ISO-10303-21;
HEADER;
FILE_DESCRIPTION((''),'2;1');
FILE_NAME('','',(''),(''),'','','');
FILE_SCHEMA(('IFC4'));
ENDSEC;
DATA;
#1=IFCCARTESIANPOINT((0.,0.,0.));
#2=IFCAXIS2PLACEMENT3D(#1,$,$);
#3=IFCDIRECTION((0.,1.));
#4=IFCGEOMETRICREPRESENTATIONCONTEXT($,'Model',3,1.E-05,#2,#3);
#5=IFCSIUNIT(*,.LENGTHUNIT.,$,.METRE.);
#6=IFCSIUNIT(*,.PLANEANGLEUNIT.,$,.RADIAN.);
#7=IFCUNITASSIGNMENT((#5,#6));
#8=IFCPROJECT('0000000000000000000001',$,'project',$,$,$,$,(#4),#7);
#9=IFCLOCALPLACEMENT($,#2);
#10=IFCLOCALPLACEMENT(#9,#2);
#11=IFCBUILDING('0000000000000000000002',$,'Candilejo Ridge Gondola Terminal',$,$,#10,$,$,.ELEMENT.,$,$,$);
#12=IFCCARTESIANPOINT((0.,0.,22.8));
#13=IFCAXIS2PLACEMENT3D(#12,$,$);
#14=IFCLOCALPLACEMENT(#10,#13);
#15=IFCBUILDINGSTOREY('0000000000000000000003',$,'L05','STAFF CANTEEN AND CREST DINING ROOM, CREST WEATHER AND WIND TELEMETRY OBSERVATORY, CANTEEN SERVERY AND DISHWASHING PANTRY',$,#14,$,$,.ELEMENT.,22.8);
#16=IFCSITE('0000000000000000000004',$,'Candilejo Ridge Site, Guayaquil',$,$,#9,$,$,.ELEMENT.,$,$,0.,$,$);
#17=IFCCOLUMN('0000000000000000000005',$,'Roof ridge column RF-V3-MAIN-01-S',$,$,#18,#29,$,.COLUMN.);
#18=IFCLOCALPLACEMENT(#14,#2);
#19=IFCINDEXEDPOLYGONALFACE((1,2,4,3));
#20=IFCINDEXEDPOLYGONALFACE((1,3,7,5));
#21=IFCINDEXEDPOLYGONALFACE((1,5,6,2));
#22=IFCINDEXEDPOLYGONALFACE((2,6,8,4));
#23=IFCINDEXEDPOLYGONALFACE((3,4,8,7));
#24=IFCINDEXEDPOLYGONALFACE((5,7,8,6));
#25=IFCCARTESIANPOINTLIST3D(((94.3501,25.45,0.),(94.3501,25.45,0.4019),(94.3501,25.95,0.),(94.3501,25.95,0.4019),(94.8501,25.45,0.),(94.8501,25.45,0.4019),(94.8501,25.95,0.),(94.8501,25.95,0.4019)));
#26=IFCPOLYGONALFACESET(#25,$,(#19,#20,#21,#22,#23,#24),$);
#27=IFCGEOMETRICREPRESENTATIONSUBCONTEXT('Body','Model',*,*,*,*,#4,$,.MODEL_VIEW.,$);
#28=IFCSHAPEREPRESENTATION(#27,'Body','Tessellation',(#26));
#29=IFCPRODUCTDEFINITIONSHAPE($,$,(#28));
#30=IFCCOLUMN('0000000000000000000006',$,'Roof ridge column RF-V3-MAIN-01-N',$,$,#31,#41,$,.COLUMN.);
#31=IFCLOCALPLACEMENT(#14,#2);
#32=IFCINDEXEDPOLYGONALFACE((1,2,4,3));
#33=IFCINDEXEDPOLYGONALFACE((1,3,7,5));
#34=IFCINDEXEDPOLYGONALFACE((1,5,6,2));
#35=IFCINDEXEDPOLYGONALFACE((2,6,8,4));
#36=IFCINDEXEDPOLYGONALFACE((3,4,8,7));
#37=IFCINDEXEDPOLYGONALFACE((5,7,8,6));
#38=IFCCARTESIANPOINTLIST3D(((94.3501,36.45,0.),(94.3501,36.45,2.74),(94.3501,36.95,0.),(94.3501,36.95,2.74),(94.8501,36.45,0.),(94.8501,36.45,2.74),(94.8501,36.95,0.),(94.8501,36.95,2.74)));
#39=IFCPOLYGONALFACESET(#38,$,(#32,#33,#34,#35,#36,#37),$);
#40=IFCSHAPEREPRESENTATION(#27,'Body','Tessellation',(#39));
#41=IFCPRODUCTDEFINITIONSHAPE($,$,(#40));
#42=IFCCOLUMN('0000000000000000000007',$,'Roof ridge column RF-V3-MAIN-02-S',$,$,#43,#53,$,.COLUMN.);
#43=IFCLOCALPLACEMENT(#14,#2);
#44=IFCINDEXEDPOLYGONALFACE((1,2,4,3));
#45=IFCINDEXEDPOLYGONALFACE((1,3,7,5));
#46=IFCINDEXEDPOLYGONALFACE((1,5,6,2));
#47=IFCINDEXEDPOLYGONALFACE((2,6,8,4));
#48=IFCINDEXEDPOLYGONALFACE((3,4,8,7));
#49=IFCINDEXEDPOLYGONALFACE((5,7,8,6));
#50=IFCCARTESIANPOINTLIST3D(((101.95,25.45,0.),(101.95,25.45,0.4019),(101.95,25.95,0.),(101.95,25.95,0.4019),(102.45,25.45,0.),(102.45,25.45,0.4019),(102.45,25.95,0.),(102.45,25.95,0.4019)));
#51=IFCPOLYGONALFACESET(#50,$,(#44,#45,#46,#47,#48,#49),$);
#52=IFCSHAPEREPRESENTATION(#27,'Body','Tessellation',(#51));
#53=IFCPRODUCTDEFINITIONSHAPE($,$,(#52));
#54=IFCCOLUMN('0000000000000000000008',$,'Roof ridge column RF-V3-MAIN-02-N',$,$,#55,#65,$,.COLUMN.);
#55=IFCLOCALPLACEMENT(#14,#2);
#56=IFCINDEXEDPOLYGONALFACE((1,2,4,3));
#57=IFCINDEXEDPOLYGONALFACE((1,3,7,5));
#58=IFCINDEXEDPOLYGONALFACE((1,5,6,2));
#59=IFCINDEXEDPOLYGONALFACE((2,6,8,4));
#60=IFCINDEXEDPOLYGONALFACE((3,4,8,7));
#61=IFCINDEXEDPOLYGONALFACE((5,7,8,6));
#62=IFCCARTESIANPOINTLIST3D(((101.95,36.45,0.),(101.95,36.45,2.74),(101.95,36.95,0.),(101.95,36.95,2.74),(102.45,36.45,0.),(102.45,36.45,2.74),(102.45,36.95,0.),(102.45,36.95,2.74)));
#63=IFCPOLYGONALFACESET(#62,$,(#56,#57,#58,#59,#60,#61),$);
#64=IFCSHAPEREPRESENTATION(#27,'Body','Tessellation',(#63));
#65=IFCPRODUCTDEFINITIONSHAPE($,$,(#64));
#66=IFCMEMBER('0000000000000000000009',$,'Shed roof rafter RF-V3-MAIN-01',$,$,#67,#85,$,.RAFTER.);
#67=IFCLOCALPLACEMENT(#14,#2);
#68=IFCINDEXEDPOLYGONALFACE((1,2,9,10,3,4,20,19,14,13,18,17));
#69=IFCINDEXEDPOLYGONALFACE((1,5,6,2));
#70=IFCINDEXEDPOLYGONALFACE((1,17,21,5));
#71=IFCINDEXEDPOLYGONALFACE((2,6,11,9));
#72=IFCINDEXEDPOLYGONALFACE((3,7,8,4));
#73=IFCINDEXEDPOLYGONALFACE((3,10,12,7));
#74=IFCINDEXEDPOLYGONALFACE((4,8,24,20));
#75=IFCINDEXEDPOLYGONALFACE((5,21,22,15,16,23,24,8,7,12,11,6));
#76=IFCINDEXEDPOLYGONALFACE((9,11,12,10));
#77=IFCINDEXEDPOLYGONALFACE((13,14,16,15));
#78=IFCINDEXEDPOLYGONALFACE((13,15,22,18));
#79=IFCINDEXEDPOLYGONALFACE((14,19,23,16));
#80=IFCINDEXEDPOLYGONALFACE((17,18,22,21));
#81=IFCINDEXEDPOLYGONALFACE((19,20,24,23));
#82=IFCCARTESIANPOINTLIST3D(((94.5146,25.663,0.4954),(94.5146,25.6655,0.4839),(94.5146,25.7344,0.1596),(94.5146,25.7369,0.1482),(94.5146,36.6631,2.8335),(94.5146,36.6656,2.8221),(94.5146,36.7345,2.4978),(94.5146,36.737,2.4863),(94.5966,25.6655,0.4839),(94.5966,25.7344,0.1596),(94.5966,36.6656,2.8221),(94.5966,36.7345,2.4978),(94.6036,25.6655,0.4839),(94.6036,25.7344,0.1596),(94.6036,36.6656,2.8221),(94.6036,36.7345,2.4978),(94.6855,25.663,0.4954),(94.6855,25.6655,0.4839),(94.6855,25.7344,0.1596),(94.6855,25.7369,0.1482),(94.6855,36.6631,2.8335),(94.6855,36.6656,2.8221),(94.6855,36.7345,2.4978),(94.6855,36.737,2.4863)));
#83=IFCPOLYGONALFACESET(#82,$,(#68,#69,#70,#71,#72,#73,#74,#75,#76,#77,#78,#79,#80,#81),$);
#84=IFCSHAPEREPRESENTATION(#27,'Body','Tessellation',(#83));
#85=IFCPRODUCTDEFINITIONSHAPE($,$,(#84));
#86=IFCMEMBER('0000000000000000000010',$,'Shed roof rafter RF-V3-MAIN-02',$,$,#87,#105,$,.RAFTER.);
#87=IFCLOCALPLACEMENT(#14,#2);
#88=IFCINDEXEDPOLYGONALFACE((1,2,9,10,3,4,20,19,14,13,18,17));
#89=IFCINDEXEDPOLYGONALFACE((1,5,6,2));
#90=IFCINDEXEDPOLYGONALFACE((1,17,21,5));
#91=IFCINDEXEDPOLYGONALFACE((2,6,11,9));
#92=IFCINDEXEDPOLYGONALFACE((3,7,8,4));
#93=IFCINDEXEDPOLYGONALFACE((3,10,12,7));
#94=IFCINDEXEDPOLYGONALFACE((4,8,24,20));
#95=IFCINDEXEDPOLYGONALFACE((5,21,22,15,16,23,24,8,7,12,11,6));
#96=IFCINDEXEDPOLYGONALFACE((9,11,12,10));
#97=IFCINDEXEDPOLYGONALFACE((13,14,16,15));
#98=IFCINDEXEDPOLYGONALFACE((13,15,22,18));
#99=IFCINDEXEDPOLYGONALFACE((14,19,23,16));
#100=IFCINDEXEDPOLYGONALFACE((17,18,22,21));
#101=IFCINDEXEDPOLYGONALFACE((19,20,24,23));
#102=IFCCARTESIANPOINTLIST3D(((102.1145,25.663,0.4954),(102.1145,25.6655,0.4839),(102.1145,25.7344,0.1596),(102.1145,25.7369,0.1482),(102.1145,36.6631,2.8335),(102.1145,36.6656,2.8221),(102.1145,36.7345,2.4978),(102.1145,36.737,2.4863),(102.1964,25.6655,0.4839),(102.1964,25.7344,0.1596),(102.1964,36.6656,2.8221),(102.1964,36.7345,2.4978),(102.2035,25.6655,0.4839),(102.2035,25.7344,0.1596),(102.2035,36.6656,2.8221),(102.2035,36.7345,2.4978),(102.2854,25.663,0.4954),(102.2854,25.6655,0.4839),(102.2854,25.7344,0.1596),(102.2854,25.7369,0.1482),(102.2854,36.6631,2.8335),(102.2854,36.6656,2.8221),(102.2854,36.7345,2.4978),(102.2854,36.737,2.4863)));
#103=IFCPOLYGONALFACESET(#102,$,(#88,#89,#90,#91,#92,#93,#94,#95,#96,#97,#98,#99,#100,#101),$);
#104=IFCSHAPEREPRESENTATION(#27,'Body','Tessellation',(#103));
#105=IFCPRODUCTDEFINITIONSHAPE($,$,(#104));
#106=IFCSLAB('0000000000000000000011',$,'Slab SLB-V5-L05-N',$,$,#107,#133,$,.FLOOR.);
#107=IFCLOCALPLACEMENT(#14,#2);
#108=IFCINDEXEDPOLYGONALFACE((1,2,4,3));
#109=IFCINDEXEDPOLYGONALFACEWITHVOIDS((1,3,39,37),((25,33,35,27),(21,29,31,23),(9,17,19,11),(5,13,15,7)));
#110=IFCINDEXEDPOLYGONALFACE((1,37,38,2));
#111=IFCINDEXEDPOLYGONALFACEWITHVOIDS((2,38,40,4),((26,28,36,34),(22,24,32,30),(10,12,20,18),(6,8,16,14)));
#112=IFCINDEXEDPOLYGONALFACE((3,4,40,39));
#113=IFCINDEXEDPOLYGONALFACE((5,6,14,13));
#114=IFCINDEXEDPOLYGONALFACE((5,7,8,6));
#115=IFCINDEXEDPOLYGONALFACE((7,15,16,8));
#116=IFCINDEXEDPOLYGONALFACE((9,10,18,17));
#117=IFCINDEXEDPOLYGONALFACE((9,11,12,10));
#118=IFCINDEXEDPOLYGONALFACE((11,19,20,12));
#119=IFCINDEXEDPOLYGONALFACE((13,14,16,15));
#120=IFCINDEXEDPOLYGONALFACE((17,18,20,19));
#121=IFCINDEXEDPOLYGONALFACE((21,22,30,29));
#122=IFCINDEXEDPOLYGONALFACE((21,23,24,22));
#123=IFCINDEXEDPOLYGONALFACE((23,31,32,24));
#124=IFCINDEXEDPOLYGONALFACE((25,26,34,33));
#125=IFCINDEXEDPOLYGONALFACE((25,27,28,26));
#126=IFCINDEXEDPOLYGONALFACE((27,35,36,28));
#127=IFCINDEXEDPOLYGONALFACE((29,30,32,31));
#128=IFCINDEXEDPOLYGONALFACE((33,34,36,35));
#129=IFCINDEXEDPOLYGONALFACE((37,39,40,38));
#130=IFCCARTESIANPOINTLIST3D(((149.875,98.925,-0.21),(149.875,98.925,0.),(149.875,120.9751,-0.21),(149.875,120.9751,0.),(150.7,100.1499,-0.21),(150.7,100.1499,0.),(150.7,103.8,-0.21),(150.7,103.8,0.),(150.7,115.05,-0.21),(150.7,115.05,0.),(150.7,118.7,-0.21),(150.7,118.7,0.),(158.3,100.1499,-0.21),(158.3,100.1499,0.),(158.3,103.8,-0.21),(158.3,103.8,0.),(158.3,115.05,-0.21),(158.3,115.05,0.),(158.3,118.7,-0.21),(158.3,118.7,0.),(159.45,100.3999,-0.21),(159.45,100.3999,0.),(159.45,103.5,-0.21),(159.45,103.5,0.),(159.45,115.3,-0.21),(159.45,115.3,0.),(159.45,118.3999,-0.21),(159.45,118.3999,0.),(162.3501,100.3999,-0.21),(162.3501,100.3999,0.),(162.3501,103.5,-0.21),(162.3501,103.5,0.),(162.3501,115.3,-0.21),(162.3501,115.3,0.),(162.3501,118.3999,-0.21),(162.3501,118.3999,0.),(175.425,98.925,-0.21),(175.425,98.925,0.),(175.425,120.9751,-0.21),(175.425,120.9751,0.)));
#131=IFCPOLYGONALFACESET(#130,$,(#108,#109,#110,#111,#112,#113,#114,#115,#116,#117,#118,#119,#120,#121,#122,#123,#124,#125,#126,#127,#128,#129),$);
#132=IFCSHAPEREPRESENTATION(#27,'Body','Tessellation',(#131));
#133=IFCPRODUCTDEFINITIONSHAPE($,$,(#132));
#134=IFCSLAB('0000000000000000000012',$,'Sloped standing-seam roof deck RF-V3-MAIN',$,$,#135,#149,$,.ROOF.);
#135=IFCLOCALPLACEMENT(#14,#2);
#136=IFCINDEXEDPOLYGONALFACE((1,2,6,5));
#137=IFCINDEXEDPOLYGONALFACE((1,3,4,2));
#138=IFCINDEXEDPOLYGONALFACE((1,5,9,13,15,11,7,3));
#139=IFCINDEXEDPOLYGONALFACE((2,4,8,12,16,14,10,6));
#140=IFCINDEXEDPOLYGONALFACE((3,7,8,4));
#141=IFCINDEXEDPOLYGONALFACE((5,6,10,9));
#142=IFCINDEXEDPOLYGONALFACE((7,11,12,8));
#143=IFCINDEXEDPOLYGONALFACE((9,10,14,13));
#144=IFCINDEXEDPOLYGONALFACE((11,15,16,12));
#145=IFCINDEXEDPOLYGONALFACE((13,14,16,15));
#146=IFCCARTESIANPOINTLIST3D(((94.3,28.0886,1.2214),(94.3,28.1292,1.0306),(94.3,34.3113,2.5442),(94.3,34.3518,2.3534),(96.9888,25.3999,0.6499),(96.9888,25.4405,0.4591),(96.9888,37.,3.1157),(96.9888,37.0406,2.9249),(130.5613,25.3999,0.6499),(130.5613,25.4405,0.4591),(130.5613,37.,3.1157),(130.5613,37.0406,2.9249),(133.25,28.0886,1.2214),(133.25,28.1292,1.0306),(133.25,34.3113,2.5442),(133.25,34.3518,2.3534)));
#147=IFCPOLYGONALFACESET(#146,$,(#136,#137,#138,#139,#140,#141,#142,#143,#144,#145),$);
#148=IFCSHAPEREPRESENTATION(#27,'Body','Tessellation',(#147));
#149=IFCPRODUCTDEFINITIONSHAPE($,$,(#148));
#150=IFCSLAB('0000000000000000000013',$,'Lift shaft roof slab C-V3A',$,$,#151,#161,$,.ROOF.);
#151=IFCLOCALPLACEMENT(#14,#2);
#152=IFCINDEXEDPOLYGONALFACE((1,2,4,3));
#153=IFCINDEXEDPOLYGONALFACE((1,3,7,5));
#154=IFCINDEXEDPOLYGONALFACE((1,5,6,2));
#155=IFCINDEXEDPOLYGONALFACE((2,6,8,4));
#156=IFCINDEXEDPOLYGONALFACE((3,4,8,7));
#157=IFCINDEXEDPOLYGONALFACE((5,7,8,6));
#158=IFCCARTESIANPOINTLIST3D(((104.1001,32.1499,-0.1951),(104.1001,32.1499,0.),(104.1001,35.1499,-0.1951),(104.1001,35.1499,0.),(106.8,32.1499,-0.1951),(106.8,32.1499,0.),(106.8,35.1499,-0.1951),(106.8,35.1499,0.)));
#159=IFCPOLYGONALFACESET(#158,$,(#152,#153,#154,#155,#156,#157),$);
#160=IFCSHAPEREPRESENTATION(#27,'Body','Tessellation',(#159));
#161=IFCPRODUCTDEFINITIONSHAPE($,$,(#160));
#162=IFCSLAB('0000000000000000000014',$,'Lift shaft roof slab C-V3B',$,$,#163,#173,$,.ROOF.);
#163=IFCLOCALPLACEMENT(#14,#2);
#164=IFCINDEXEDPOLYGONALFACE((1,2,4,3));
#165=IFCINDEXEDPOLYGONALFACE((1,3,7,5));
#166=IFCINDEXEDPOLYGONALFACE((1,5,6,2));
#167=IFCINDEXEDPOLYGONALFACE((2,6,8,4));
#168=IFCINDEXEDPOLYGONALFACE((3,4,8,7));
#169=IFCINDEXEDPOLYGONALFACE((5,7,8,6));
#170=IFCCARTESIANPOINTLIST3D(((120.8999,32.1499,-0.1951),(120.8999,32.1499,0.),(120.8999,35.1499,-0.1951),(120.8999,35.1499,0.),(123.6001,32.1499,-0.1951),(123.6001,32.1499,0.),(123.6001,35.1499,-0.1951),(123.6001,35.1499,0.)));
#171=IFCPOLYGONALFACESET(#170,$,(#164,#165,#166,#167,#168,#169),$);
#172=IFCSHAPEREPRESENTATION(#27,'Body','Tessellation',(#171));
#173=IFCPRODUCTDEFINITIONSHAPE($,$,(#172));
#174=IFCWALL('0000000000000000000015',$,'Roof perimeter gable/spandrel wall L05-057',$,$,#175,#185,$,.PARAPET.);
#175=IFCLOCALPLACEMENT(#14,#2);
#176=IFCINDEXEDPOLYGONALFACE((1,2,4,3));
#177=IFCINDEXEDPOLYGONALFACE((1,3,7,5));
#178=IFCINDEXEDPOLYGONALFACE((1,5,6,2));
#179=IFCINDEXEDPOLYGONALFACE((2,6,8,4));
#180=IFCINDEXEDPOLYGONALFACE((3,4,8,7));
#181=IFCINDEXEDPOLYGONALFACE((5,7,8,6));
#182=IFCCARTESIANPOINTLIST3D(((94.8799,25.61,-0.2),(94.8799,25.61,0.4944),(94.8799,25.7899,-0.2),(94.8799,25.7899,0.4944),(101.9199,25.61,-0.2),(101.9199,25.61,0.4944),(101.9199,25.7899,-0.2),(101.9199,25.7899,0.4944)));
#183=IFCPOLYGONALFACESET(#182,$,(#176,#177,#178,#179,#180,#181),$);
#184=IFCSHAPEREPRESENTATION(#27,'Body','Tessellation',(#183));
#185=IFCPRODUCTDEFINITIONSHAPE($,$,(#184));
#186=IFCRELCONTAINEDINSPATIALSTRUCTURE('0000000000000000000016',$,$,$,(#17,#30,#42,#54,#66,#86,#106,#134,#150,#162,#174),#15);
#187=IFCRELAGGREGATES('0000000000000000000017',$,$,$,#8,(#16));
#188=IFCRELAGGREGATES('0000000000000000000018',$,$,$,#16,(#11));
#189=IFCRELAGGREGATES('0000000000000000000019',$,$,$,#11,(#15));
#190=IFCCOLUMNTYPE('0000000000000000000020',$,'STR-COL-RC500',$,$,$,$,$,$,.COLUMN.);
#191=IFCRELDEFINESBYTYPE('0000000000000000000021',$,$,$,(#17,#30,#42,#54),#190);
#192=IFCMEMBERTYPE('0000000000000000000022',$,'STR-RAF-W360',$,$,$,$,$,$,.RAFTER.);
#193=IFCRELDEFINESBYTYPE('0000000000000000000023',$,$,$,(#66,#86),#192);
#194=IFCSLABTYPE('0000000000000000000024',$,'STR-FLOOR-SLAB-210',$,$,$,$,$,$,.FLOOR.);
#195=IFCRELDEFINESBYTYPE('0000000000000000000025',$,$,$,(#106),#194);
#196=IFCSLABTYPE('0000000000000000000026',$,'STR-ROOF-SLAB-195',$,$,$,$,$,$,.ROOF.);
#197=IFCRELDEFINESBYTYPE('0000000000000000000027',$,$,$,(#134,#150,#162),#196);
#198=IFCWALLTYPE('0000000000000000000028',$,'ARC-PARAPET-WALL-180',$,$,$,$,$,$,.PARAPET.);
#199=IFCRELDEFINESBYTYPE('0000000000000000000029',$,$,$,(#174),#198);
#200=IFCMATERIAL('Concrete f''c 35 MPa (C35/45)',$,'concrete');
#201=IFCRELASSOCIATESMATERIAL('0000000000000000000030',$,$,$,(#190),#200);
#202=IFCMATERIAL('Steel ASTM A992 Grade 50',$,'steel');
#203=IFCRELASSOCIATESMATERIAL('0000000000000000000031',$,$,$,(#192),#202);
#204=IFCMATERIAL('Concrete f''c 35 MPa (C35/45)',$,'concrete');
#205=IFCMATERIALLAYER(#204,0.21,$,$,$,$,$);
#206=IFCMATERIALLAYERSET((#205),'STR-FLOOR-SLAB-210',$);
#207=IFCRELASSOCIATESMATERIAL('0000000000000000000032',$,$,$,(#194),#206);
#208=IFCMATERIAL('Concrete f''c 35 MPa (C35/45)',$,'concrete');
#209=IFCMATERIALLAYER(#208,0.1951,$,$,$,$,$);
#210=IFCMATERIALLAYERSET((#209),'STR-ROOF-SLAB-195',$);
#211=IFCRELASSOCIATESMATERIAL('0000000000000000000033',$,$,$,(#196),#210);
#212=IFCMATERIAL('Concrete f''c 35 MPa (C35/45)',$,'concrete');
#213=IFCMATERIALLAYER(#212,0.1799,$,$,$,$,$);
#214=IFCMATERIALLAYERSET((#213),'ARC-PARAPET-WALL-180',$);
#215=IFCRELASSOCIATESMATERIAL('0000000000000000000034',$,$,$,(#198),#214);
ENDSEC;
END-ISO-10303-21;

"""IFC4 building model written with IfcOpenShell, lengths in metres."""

from ifc_helpers import new_model, si_unit, direction, frame, frame_2d, origin, origin_2d, place, context, subcontext, project, spatial, polyline, rectangle, i_section, outline, extrude, material, layer, layer_set, material_profile, profile_set, type_object, element, save


model = new_model("IFC4")

# Units and contexts
model_context = context("Model", 3, precision=1e-05, world=origin(), true_north=direction((0.0, 1.0)))
body_context = subcontext(model_context, "Body", "Model", "MODEL_VIEW")
ifc_project = project(units=[si_unit("LENGTHUNIT", "METRE"), si_unit("PLANEANGLEUNIT", "RADIAN")], contexts=[model_context])

# Site, building, storey
site_placement = place(None, origin())
site = spatial("IfcSite", under=ifc_project, at=site_placement, Name="Candilejo Ridge Site, Guayaquil", CompositionType="ELEMENT", RefElevation=0.0)
building_placement = place(site_placement, origin())
building = spatial("IfcBuilding", under=site, at=building_placement, Name="Candilejo Ridge Gondola Terminal", CompositionType="ELEMENT")
storey_placement = place(building_placement, frame((0.0, 0.0, 22.8)))
storey = spatial("IfcBuildingStorey", under=building, at=storey_placement, Name="L05", Description="STAFF CANTEEN AND CREST DINING ROOM, CREST WEATHER AND WIND TELEMETRY OBSERVATORY, CANTEEN SERVERY AND DISHWASHING PANTRY", CompositionType="ELEMENT", Elevation=22.8)

# Columns
ifc_material_1 = material(Name="Concrete f'c 35 MPa (C35/45)", Category="concrete")
ifc_material_profile_1 = material_profile(ifc_material_1, rectangle(XDim=0.5, YDim=0.5, at=origin_2d()))
ifc_profile_set_1 = profile_set([ifc_material_profile_1], Name="Concrete f'c 35 MPa (C35/45)")
column_type = type_object("IfcColumnType", Name="STR-COL-RC500", PredefinedType="COLUMN", material=ifc_profile_set_1)
column_1_placement = place(storey_placement, frame((94.6001, 25.7, 0.0), z_axis=(0.0, 0.0, 1.0), x_axis=(1.0, 0.0, 0.0)))
element("IfcColumn", 1, at=column_1_placement, inside=storey, type_object=column_type, Name="Roof ridge column RF-V3-MAIN-01-S", PredefinedType="COLUMN", context=body_context, shape_type="SweptSolid", body=[
    extrude(rectangle(XDim=0.5, YDim=0.5, at=origin_2d()), origin(), (0.0, 0.0, 1.0), 0.4019),
])
column_2_placement = place(storey_placement, frame((94.6001, 36.7, 0.0), z_axis=(0.0, 0.0, 1.0), x_axis=(1.0, 0.0, 0.0)))
element("IfcColumn", 2, at=column_2_placement, inside=storey, type_object=column_type, Name="Roof ridge column RF-V3-MAIN-01-N", PredefinedType="COLUMN", context=body_context, shape_type="SweptSolid", body=[
    extrude(rectangle(XDim=0.5, YDim=0.5, at=origin_2d()), origin(), (0.0, 0.0, 1.0), 2.74),
])
column_3_placement = place(storey_placement, frame((102.2, 25.7, 0.0), z_axis=(0.0, 0.0, 1.0), x_axis=(1.0, 0.0, 0.0)))
element("IfcColumn", 3, at=column_3_placement, inside=storey, type_object=column_type, Name="Roof ridge column RF-V3-MAIN-02-S", PredefinedType="COLUMN", context=body_context, shape_type="SweptSolid", body=[
    extrude(rectangle(XDim=0.5, YDim=0.5, at=origin_2d()), origin(), (0.0, 0.0, 1.0), 0.4019),
])
column_4_placement = place(storey_placement, frame((102.2, 36.7, 0.0), z_axis=(0.0, 0.0, 1.0), x_axis=(1.0, 0.0, 0.0)))
element("IfcColumn", 4, at=column_4_placement, inside=storey, type_object=column_type, Name="Roof ridge column RF-V3-MAIN-02-N", PredefinedType="COLUMN", context=body_context, shape_type="SweptSolid", body=[
    extrude(rectangle(XDim=0.5, YDim=0.5, at=origin_2d()), origin(), (0.0, 0.0, 1.0), 2.74),
])

# Members
ifc_material_2 = material(Name="Steel ASTM A992 Grade 50", Category="steel")
ifc_material_profile_2 = material_profile(ifc_material_2, i_section(OverallWidth=0.1709, OverallDepth=0.355, WebThickness=0.0071, FlangeThickness=0.0117, at=origin_2d()))
ifc_profile_set_2 = profile_set([ifc_material_profile_2], Name="Steel ASTM A992 Grade 50")
member_type = type_object("IfcMemberType", Name="STR-RAF-W360", PredefinedType="RAFTER", material=ifc_profile_set_2)
for number, where, z_axis, x_axis, name in (
    (5, (94.6001, 25.7, 0.3218), (0.0, 0.978147, 0.207913), (-1.0, 0.0, 0.0), "Shed roof rafter RF-V3-MAIN-01"),
    (6, (102.2, 25.7, 0.3218), (0.0, 0.978147, 0.207913), (-1.0, 0.0, 0.0), "Shed roof rafter RF-V3-MAIN-02"),
):
    element("IfcMember", number, at=place(storey_placement, frame(where, z_axis=z_axis, x_axis=x_axis)), inside=storey, type_object=member_type, Name=name, PredefinedType="RAFTER", context=body_context, shape_type="SweptSolid", body=[
        extrude(i_section(OverallWidth=0.1709, OverallDepth=0.355, WebThickness=0.0071, FlangeThickness=0.0117, at=origin_2d()), origin(), (0.0, 0.0, 1.0), 11.2458),
    ])

# Slabs
ifc_material_3 = material(Name="Concrete f'c 35 MPa (C35/45)", Category="concrete")
ifc_layer_1 = layer(ifc_material_3, 0.21)
ifc_layer_set_1 = layer_set([ifc_layer_1], Name="STR-FLOOR-SLAB-210")
slab_type_1 = type_object("IfcSlabType", Name="STR-FLOOR-SLAB-210", PredefinedType="FLOOR", material=ifc_layer_set_1)
slab_1_placement = place(storey_placement, frame((0.0, 0.0, -0.21)))
element("IfcSlab", 7, at=slab_1_placement, inside=storey, type_object=slab_type_1, Name="Slab SLB-V5-L05-N", PredefinedType="FLOOR", context=body_context, shape_type="SweptSolid", body=[
    extrude(outline(polyline([(149.875, 98.925), (175.425, 98.925), (175.425, 120.9751), (149.875, 120.9751), (149.875, 98.925)]), holes=[polyline([(150.7, 100.1499), (158.3, 100.1499), (158.3, 103.8), (150.7, 103.8), (150.7, 100.1499)]), polyline([(159.45, 100.3999), (162.3501, 100.3999), (162.3501, 103.5), (159.45, 103.5), (159.45, 100.3999)]), polyline([(150.7, 115.05), (158.3, 115.05), (158.3, 118.7), (150.7, 118.7), (150.7, 115.05)]), polyline([(159.45, 115.3), (162.3501, 115.3), (162.3501, 118.3999), (159.45, 118.3999), (159.45, 115.3)])]), origin(), (0.0, 0.0, 1.0), 0.21),
])
ifc_material_4 = material(Name="Concrete f'c 35 MPa (C35/45)", Category="concrete")
ifc_layer_2 = layer(ifc_material_4, 0.1951)
ifc_layer_set_2 = layer_set([ifc_layer_2], Name="STR-ROOF-SLAB-195")
slab_type_2 = type_object("IfcSlabType", Name="STR-ROOF-SLAB-195", PredefinedType="ROOF", material=ifc_layer_set_2)
slab_2_placement = place(storey_placement, frame((96.9888, 25.3999, 0.6499), z_axis=(0.0, -0.207923, 0.978145), x_axis=(1.0, 0.0, 0.0)))
element("IfcSlab", 8, at=slab_2_placement, inside=storey, type_object=slab_type_2, Name="Sloped standing-seam roof deck RF-V3-MAIN", PredefinedType="ROOF", context=body_context, shape_type="SweptSolid", body=[
    extrude(outline(polyline([(0.0, 0.0), (33.5725, 0.0), (36.2612, 2.7488), (36.2612, 9.1105), (33.5725, 11.8593), (0.0, 11.8593), (-2.6887, 9.1105), (-2.6887, 2.7488), (0.0, 0.0)])), origin(), (0.0, 0.0, -1.0), 0.1951),
])
slab_3_placement = place(storey_placement, frame((0.0, 0.0, -0.1951)))
element("IfcSlab", 9, at=slab_3_placement, inside=storey, type_object=slab_type_2, Name="Lift shaft roof slab C-V3A", PredefinedType="ROOF", context=body_context, shape_type="SweptSolid", body=[
    extrude(outline(polyline([(104.1001, 32.1499), (106.8, 32.1499), (106.8, 35.1499), (104.1001, 35.1499), (104.1001, 32.1499)])), origin(), (0.0, 0.0, 1.0), 0.1951),
])
slab_4_placement = place(storey_placement, frame((0.0, 0.0, -0.1951)))
element("IfcSlab", 10, at=slab_4_placement, inside=storey, type_object=slab_type_2, Name="Lift shaft roof slab C-V3B", PredefinedType="ROOF", context=body_context, shape_type="SweptSolid", body=[
    extrude(outline(polyline([(120.8999, 32.1499), (123.6001, 32.1499), (123.6001, 35.1499), (120.8999, 35.1499), (120.8999, 32.1499)])), origin(), (0.0, 0.0, 1.0), 0.1951),
])

# Wall
ifc_material_5 = material(Name="Concrete f'c 35 MPa (C35/45)", Category="concrete")
ifc_layer_3 = layer(ifc_material_5, 0.1799)
ifc_layer_set_3 = layer_set([ifc_layer_3], Name="ARC-PARAPET-WALL-180")
wall_type = type_object("IfcWallType", Name="ARC-PARAPET-WALL-180", PredefinedType="PARAPET", material=ifc_layer_set_3)
wall_1_placement = place(storey_placement, frame((94.8799, 25.7, -0.2), z_axis=(0.0, 0.0, 1.0), x_axis=(1.0, 0.0, 0.0)))
element("IfcWall", 11, at=wall_1_placement, inside=storey, type_object=wall_type, Name="Roof perimeter gable/spandrel wall L05-057", PredefinedType="PARAPET", context=body_context, shape_type="SweptSolid", body=[
    extrude(rectangle(XDim=7.04, YDim=0.1799, at=frame_2d((3.52, 0.0))), origin(), (0.0, 0.0, 1.0), 0.6943),
])

save(model, "model.ifc")
